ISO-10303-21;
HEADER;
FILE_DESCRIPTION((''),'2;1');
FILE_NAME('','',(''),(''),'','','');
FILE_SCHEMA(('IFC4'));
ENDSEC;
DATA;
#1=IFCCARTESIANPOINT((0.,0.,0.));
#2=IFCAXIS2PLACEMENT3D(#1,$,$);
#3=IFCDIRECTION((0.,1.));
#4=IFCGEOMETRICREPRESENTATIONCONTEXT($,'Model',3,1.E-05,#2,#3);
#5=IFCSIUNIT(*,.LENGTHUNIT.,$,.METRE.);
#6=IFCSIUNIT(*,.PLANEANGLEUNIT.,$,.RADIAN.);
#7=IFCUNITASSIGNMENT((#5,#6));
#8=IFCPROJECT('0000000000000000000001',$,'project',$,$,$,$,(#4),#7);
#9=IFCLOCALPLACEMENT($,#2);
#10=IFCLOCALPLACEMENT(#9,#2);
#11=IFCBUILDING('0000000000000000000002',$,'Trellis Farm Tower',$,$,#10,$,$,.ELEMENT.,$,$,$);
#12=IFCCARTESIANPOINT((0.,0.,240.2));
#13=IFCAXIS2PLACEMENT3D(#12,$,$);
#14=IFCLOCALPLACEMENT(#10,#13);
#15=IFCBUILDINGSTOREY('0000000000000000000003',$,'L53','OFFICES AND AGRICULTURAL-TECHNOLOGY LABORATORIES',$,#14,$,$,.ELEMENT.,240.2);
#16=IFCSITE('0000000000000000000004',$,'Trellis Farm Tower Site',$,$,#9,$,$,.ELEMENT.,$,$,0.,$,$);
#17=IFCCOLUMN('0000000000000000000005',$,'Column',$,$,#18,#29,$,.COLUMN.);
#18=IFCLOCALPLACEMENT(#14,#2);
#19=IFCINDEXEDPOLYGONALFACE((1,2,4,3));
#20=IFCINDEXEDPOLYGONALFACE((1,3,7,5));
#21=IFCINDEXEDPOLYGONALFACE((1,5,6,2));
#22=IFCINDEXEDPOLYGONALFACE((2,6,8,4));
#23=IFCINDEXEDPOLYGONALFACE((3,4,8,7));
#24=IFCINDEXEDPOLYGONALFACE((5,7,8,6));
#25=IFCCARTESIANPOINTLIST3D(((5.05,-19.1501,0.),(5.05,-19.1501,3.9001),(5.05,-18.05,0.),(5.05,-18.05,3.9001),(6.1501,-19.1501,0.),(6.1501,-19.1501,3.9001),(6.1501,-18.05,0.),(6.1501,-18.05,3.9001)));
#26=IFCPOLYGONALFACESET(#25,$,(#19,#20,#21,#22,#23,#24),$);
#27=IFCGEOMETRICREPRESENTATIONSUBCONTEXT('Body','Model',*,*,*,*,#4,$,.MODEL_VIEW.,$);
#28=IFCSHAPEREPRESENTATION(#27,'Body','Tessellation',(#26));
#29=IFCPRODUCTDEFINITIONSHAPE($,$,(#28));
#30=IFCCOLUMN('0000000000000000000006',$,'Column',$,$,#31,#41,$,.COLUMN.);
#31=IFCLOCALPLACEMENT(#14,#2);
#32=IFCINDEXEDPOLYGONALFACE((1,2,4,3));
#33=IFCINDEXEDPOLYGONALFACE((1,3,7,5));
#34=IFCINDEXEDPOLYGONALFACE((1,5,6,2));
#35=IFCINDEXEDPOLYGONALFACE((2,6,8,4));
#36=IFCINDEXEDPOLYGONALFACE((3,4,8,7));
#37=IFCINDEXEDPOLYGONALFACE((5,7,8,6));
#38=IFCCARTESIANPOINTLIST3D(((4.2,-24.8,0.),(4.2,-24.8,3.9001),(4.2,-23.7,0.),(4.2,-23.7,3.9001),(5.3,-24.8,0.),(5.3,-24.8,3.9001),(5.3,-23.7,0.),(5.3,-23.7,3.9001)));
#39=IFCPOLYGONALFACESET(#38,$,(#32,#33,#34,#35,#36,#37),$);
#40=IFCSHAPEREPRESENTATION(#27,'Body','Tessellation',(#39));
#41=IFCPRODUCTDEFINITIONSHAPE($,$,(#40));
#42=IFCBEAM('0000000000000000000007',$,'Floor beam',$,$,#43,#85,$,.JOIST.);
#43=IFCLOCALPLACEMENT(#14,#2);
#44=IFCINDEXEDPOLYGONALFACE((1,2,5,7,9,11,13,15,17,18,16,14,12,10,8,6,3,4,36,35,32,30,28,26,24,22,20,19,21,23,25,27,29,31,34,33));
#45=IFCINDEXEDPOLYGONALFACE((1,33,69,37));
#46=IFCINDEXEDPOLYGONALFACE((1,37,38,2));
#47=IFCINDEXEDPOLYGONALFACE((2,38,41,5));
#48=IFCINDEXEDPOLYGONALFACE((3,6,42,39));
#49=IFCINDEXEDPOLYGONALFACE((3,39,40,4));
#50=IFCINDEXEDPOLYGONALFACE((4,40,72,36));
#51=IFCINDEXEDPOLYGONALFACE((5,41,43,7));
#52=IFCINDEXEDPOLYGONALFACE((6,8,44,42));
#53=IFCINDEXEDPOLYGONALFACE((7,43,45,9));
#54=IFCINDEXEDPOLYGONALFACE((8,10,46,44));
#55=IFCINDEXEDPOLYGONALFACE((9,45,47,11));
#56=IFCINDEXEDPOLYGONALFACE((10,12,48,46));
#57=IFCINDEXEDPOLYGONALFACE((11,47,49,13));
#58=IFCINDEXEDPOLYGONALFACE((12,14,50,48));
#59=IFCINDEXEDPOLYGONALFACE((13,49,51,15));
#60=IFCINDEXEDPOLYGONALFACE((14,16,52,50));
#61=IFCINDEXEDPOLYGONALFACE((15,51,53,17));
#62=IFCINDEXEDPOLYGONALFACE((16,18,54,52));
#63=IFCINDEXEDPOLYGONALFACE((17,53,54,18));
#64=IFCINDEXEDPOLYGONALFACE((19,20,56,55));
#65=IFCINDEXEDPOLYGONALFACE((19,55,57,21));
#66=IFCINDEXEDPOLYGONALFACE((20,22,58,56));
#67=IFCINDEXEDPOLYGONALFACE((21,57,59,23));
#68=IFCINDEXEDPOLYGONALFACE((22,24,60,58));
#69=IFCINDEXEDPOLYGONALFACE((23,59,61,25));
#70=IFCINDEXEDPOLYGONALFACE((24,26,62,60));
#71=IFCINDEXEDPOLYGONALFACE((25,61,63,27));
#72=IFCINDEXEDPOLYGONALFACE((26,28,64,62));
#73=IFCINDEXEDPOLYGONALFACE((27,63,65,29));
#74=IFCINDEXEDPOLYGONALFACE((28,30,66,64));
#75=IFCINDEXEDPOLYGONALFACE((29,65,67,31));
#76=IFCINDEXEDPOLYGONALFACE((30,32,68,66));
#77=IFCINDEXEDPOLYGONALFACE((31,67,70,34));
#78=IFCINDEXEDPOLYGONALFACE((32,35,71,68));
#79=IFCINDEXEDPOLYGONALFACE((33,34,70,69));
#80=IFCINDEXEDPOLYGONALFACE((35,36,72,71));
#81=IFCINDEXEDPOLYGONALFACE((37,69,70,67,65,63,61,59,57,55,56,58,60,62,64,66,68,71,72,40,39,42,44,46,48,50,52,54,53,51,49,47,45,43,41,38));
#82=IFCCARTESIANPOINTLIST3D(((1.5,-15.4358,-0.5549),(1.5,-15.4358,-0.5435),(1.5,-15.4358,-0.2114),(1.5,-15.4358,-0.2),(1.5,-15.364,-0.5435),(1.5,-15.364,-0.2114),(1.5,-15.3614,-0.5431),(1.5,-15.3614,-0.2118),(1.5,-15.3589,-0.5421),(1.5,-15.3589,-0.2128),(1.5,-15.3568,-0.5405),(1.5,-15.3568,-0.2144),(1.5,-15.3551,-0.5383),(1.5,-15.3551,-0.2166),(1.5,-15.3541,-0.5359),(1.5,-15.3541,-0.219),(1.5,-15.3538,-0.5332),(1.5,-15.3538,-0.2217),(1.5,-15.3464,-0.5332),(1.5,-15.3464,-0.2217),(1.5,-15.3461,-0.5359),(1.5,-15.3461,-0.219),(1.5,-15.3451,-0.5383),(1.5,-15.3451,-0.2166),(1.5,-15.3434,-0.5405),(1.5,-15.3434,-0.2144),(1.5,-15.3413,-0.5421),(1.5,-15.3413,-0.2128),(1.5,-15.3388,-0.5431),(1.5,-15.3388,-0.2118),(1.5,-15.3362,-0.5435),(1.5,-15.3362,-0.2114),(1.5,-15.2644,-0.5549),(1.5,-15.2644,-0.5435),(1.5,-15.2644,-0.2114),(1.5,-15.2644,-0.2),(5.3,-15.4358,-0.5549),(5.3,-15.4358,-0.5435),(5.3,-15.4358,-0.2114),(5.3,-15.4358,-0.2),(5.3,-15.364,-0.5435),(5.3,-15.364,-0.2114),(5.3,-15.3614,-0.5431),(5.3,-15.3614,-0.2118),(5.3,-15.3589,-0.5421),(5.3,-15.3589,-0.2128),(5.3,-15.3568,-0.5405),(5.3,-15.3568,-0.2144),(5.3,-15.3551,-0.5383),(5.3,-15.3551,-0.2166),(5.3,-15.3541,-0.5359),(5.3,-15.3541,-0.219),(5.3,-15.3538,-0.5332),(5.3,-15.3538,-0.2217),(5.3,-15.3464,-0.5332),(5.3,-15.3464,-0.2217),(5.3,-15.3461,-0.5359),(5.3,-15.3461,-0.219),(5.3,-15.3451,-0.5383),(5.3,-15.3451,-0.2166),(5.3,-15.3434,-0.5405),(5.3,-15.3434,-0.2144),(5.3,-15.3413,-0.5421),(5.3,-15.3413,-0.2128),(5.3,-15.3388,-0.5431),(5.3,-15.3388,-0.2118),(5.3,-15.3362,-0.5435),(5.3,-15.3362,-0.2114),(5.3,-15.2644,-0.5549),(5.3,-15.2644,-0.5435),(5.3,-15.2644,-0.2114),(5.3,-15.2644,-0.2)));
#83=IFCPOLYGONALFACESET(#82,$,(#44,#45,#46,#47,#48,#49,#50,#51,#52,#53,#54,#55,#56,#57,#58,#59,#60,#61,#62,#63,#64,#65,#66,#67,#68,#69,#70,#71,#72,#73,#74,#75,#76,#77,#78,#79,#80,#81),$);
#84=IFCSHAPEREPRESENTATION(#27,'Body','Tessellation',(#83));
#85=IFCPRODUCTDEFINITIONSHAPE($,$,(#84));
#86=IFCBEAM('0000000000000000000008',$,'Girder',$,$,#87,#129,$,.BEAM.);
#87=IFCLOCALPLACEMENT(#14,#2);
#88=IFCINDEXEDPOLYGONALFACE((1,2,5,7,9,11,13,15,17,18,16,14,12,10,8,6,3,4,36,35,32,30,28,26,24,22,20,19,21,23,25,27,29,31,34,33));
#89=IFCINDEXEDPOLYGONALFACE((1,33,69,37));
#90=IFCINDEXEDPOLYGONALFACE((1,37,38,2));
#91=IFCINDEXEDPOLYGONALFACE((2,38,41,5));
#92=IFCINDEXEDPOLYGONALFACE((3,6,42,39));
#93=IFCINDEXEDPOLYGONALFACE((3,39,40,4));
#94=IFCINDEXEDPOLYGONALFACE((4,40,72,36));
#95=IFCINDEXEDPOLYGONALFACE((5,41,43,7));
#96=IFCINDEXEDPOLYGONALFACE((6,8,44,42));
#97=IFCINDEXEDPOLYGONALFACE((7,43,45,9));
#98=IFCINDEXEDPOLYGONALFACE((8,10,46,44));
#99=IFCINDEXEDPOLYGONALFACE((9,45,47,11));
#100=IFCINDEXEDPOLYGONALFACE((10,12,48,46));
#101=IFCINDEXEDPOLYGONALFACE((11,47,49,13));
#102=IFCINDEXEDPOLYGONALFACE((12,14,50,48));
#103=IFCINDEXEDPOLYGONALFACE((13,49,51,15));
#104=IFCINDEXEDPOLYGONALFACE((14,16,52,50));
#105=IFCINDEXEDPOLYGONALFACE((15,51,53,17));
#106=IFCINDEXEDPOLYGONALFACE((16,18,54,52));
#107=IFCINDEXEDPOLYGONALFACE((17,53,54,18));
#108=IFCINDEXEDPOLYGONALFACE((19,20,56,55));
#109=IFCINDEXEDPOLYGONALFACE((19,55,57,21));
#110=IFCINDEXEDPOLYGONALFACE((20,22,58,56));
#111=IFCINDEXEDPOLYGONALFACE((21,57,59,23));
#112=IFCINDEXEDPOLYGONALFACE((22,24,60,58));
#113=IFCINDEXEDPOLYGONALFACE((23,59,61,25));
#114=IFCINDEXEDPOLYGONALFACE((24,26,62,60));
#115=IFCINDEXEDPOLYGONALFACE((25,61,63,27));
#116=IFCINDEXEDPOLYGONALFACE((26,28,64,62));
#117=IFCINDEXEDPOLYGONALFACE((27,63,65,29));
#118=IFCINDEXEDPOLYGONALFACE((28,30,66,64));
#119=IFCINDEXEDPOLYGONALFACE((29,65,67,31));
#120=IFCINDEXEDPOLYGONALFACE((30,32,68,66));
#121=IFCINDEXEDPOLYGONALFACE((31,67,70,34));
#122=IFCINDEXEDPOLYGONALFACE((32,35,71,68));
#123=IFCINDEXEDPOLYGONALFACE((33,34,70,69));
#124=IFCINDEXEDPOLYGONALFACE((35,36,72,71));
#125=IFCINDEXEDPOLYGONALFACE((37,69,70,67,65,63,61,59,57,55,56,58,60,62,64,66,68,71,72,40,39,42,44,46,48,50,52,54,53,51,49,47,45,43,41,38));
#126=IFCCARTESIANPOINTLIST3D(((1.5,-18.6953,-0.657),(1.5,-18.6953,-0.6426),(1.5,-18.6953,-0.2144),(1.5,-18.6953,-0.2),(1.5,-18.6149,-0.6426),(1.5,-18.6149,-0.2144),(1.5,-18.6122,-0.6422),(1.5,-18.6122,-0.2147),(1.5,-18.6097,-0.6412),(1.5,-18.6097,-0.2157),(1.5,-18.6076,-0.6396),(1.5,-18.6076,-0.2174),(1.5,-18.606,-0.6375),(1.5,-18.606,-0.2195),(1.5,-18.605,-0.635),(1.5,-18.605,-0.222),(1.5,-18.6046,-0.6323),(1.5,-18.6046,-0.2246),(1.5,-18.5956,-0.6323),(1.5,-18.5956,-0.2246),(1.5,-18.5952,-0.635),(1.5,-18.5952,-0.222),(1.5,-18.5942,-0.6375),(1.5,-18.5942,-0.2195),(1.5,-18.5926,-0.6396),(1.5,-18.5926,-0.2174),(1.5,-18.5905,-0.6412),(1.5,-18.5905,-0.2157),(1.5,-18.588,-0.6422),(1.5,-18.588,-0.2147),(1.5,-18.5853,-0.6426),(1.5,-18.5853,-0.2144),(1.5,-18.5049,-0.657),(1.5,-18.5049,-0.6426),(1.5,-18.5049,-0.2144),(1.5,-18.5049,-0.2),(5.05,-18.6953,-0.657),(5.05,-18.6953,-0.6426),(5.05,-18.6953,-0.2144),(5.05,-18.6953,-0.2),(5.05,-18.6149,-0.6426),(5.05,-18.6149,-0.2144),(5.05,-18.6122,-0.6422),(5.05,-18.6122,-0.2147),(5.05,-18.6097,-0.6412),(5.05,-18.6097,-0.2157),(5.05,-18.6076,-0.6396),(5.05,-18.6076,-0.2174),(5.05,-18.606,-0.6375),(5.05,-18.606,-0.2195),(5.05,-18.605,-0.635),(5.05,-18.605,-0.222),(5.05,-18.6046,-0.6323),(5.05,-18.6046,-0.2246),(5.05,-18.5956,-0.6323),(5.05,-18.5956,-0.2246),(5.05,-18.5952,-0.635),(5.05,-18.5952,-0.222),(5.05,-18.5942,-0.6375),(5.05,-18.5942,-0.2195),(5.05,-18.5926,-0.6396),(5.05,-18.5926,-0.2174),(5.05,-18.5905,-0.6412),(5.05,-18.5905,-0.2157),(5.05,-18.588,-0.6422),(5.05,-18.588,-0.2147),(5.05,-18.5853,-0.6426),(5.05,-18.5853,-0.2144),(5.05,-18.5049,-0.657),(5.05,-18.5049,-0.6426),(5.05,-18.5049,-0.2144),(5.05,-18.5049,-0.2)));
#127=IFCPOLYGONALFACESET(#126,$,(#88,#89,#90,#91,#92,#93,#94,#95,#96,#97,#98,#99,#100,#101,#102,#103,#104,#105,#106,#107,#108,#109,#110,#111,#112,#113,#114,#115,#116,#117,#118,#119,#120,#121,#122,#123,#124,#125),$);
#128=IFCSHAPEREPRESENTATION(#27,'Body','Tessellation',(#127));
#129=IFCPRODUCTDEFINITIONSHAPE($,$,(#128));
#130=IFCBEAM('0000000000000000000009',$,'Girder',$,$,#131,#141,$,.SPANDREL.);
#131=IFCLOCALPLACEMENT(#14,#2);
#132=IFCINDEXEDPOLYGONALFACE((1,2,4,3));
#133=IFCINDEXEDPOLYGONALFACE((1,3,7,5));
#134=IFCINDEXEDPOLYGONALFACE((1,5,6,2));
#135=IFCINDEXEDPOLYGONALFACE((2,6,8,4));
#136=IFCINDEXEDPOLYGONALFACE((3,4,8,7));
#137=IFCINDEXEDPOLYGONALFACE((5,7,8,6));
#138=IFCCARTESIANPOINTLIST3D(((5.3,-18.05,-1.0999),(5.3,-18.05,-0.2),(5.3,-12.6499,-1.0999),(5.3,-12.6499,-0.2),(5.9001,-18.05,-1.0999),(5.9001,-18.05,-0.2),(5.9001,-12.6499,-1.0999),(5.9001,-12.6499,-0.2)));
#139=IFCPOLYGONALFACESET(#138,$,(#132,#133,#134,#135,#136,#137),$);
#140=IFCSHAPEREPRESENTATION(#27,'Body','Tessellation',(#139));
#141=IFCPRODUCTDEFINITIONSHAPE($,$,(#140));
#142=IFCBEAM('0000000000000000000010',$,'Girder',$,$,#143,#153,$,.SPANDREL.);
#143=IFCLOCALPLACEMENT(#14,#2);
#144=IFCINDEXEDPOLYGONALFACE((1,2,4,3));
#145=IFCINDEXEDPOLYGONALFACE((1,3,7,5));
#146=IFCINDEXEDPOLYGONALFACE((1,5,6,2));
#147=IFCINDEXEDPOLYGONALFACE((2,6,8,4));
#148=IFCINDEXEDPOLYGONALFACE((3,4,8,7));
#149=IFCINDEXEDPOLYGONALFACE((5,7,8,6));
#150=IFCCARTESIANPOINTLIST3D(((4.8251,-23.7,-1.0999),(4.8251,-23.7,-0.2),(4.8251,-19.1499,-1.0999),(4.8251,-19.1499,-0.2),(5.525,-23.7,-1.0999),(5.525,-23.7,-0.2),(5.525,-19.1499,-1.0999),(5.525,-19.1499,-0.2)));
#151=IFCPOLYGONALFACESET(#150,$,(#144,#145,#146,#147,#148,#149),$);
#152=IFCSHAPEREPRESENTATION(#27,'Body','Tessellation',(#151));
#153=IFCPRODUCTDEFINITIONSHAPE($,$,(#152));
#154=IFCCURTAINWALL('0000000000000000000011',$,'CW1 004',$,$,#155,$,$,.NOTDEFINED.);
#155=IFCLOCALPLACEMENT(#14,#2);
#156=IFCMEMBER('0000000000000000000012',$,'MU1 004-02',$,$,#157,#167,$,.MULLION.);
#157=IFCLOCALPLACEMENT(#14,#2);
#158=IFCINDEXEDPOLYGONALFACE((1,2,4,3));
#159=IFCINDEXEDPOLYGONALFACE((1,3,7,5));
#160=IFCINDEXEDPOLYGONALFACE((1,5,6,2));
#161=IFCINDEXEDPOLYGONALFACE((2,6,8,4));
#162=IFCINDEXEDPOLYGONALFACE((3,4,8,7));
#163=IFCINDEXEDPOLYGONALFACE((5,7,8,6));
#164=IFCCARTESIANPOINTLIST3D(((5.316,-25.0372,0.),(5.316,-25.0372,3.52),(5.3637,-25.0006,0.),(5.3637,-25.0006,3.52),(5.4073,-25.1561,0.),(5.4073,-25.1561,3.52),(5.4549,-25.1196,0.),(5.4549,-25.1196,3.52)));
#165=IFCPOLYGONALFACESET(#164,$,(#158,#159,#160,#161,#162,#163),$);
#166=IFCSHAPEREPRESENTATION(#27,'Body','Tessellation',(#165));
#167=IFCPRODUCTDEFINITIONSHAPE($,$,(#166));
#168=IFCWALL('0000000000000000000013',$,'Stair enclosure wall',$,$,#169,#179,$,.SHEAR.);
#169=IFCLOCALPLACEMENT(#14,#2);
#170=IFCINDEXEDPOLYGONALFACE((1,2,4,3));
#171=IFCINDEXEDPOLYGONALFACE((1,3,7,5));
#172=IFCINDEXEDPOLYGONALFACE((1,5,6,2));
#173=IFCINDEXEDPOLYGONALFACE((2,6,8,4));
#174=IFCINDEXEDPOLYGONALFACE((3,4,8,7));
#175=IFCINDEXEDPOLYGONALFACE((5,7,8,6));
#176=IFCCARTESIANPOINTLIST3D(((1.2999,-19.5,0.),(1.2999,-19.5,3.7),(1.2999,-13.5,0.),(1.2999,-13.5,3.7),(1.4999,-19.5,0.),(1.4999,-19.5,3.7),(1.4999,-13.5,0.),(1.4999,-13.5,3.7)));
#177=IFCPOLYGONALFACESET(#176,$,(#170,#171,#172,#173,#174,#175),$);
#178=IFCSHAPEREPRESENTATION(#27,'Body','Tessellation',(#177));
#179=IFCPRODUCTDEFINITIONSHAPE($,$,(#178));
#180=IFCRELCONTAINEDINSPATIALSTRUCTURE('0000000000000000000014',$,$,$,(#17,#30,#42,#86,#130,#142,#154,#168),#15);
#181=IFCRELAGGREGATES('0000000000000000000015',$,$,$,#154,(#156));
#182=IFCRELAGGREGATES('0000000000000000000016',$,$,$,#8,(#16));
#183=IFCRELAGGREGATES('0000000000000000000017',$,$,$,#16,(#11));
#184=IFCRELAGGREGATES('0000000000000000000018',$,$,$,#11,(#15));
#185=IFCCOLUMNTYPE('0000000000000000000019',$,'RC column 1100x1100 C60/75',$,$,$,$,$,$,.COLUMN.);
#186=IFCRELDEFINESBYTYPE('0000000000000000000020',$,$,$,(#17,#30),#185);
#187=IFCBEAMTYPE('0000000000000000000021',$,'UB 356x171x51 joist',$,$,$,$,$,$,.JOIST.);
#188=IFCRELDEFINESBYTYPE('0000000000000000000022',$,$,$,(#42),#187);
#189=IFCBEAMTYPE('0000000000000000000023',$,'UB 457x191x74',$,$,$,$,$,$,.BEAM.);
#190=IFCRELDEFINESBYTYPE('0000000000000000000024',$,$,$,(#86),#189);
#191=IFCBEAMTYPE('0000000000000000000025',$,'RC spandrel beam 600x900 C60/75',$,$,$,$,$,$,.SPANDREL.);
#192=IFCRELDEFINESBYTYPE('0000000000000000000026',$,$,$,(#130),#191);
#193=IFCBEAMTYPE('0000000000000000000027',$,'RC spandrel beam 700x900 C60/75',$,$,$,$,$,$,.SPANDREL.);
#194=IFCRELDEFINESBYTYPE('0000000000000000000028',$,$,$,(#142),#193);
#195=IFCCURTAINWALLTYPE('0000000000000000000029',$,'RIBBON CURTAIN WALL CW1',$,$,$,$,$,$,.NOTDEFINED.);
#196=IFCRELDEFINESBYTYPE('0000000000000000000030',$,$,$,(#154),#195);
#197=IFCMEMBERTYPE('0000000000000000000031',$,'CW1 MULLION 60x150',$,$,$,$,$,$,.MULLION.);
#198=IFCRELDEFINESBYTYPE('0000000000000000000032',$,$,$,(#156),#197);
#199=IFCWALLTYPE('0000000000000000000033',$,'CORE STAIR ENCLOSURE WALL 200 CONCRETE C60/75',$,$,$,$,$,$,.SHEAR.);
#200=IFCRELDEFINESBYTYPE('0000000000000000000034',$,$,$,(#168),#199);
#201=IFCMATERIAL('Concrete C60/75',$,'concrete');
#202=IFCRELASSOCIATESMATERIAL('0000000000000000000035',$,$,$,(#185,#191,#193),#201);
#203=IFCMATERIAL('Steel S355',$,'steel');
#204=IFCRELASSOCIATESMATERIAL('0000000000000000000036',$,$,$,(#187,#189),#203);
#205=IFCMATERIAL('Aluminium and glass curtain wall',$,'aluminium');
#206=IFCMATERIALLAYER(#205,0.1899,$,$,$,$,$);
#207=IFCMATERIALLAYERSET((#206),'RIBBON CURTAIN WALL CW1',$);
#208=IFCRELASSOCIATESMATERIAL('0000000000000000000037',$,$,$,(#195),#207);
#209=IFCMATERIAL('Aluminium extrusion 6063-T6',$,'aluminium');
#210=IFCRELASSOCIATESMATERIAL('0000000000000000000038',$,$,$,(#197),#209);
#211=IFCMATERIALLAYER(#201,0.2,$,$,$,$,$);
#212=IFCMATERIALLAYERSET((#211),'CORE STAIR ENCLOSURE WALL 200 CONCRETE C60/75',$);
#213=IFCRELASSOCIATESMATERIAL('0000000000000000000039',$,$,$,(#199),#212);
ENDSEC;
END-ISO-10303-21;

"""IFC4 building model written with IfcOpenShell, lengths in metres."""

from ifc_helpers import new_model, si_unit, direction, frame, frame_2d, origin, origin_2d, place, context, subcontext, project, spatial, rectangle, i_section, extrude, source, transform, mapped, material, layer, layer_set, material_profile, profile_set, type_object, element, aggregate, save


model = new_model("IFC4")

# Units and contexts
model_context = context("Model", 3, precision=1e-05, world=origin(), true_north=direction((0.0, 1.0)))
body_context = subcontext(model_context, "Body", "Model", "MODEL_VIEW")
ifc_project = project(units=[si_unit("LENGTHUNIT", "METRE"), si_unit("PLANEANGLEUNIT", "RADIAN")], contexts=[model_context])

# Site, building, storey
site_placement = place(None, origin())
site = spatial("IfcSite", under=ifc_project, at=site_placement, Name="Trellis Farm Tower Site", CompositionType="ELEMENT", RefElevation=0.0)
building_placement = place(site_placement, origin())
building = spatial("IfcBuilding", under=site, at=building_placement, Name="Trellis Farm Tower", CompositionType="ELEMENT")
storey_placement = place(building_placement, frame((0.0, 0.0, 240.2)))
storey = spatial("IfcBuildingStorey", under=building, at=storey_placement, Name="L53", Description="OFFICES AND AGRICULTURAL-TECHNOLOGY LABORATORIES", CompositionType="ELEMENT", Elevation=240.2)

# Columns
ifc_material_1 = material(Name="Concrete C60/75", Category="concrete")
ifc_material_profile_1 = material_profile(ifc_material_1, rectangle(XDim=1.1001, YDim=1.1001, at=origin_2d()), Name="RC column 1100x1100 C60/75")
ifc_profile_set_1 = profile_set([ifc_material_profile_1], Name="Concrete C60/75")
column_type = type_object("IfcColumnType", Name="RC column 1100x1100 C60/75", PredefinedType="COLUMN", material=ifc_profile_set_1)
shared_shape_1 = source(origin(), body_context, "Body", "SweptSolid", [
    extrude(rectangle(XDim=1.1001, YDim=1.1001, at=origin_2d()), origin(), (0.0, 0.0, 1.0), 3.9001),
])
for number, where, z_axis, x_axis, name in (
    (1, (5.6001, -18.6001, 0.0), (0.0, 0.0, 1.0), (1.0, 0.0, 0.0), "Column"),
    (2, (4.75, -24.25, 0.0), (0.0, 0.0, 1.0), (1.0, 0.0, 0.0), "Column"),
):
    element("IfcColumn", number, at=place(storey_placement, frame(where, z_axis=z_axis, x_axis=x_axis)), inside=storey, type_object=column_type, Name=name, PredefinedType="COLUMN", context=body_context, shape_type="MappedRepresentation", body=[
        mapped(shared_shape_1, transform((0.0, 0.0, 0.0))),
    ])

# Beams
ifc_material_2 = material(Name="Steel S355", Category="steel")
ifc_material_profile_2 = material_profile(ifc_material_2, i_section(OverallWidth=0.1714, OverallDepth=0.355, WebThickness=0.0073, FlangeThickness=0.0115, FilletRadius=0.0103, at=origin_2d()), Name="UB 356x171x51")
ifc_profile_set_2 = profile_set([ifc_material_profile_2], Name="Steel S355")
beam_type_1 = type_object("IfcBeamType", Name="UB 356x171x51 joist", PredefinedType="JOIST", material=ifc_profile_set_2)
shared_shape_2 = source(origin(), body_context, "Body", "SweptSolid", [
    extrude(i_section(OverallWidth=0.1714, OverallDepth=0.355, WebThickness=0.0073, FlangeThickness=0.0115, FilletRadius=0.0103, at=origin_2d()), origin(), (0.0, 0.0, 1.0), 3.8),
])
beam_1_placement = place(storey_placement, frame((1.5, -15.3501, -0.3774), z_axis=(1.0, 0.0, 0.0), x_axis=(0.0, 1.0, 0.0)))
element("IfcBeam", 3, at=beam_1_placement, inside=storey, type_object=beam_type_1, Name="Floor beam", PredefinedType="JOIST", context=body_context, shape_type="MappedRepresentation", body=[
    mapped(shared_shape_2, transform((0.0, 0.0, 0.0))),
])
ifc_material_profile_3 = material_profile(ifc_material_2, i_section(OverallWidth=0.1904, OverallDepth=0.457, WebThickness=0.009, FlangeThickness=0.0144, FilletRadius=0.0103, at=origin_2d()), Name="UB 457x191x74")
ifc_profile_set_3 = profile_set([ifc_material_profile_3], Name="Steel S355")
beam_type_2 = type_object("IfcBeamType", Name="UB 457x191x74", PredefinedType="BEAM", material=ifc_profile_set_3)
shared_shape_3 = source(origin(), body_context, "Body", "SweptSolid", [
    extrude(i_section(OverallWidth=0.1904, OverallDepth=0.457, WebThickness=0.009, FlangeThickness=0.0144, FilletRadius=0.0103, at=origin_2d()), origin(), (0.0, 0.0, 1.0), 3.55),
])
beam_2_placement = place(storey_placement, frame((1.5, -18.6001, -0.4285), z_axis=(1.0, 0.0, 0.0), x_axis=(0.0, 1.0, 0.0)))
element("IfcBeam", 4, at=beam_2_placement, inside=storey, type_object=beam_type_2, Name="Girder", PredefinedType="BEAM", context=body_context, shape_type="MappedRepresentation", body=[
    mapped(shared_shape_3, transform((0.0, 0.0, 0.0))),
])
ifc_material_profile_4 = material_profile(ifc_material_1, rectangle(XDim=0.6001, YDim=0.8999, at=origin_2d()), Name="RC spandrel beam 600x900 C60/75")
ifc_profile_set_4 = profile_set([ifc_material_profile_4], Name="Concrete C60/75")
beam_type_3 = type_object("IfcBeamType", Name="RC spandrel beam 600x900 C60/75", PredefinedType="SPANDREL", material=ifc_profile_set_4)
shared_shape_4 = source(origin(), body_context, "Body", "SweptSolid", [
    extrude(rectangle(XDim=0.6001, YDim=0.8999, at=origin_2d()), origin(), (0.0, 0.0, 1.0), 5.4001),
])
beam_3_placement = place(storey_placement, frame((5.6001, -18.05, -0.6499), z_axis=(0.0, 1.0, 0.0), x_axis=(-1.0, 0.0, 0.0)))
element("IfcBeam", 5, at=beam_3_placement, inside=storey, type_object=beam_type_3, Name="Girder", PredefinedType="SPANDREL", context=body_context, shape_type="MappedRepresentation", body=[
    mapped(shared_shape_4, transform((0.0, 0.0, 0.0))),
])
ifc_material_profile_5 = material_profile(ifc_material_1, rectangle(XDim=0.7, YDim=0.8999, at=origin_2d()), Name="RC spandrel beam 700x900 C60/75")
ifc_profile_set_5 = profile_set([ifc_material_profile_5], Name="Concrete C60/75")
beam_type_4 = type_object("IfcBeamType", Name="RC spandrel beam 700x900 C60/75", PredefinedType="SPANDREL", material=ifc_profile_set_5)
shared_shape_5 = source(origin(), body_context, "Body", "SweptSolid", [
    extrude(rectangle(XDim=0.7, YDim=0.8999, at=origin_2d()), origin(), (0.0, 0.0, 1.0), 4.55),
])
beam_4_placement = place(storey_placement, frame((5.175, -23.7, -0.6499), z_axis=(0.0, 1.0, 0.0), x_axis=(-1.0, 0.0, 0.0)))
element("IfcBeam", 6, at=beam_4_placement, inside=storey, type_object=beam_type_4, Name="Girder", PredefinedType="SPANDREL", context=body_context, shape_type="MappedRepresentation", body=[
    mapped(shared_shape_5, transform((0.0, 0.0, 0.0))),
])

# Curtain wall, member
ifc_material_3 = material(Name="Aluminium and glass curtain wall", Category="aluminium")
ifc_layer_1 = layer(ifc_material_3, 0.1899)
ifc_layer_set_1 = layer_set([ifc_layer_1], Name="RIBBON CURTAIN WALL CW1")
curtain_wall_type = type_object("IfcCurtainWallType", Name="RIBBON CURTAIN WALL CW1", PredefinedType="NOTDEFINED", material=ifc_layer_set_1)
placement = place(storey_placement, origin())
curtain_wall = element("IfcCurtainWall", 7, at=placement, inside=storey, type_object=curtain_wall_type, Name="CW1 004", PredefinedType="NOTDEFINED")
ifc_material_4 = material(Name="Aluminium extrusion 6063-T6", Category="aluminium")
ifc_material_profile_6 = material_profile(ifc_material_4, rectangle(XDim=0.0601, YDim=0.1499, at=origin_2d()), Name="MULLION 60x150")
ifc_profile_set_6 = profile_set([ifc_material_profile_6], Name="Aluminium extrusion 6063-T6")
member_type = type_object("IfcMemberType", Name="CW1 MULLION 60x150", PredefinedType="MULLION", material=ifc_profile_set_6)
shared_shape_6 = source(origin(), body_context, "Body", "SweptSolid", [
    extrude(rectangle(XDim=0.0601, YDim=0.1499, at=origin_2d()), origin(), (0.0, 0.0, 1.0), 3.52),
])
member_placement = place(storey_placement, frame((5.3855, -25.0784, 0.0), z_axis=(0.0, 0.0, 1.0), x_axis=(0.793353, 0.608761, 0.0)))
member = element("IfcMember", 8, at=member_placement, type_object=member_type, Name="MU1 004-02", PredefinedType="MULLION", context=body_context, shape_type="MappedRepresentation", body=[
    mapped(shared_shape_6, transform((0.0, 0.0, 0.0))),
])
aggregate(curtain_wall, [member])

# Wall
ifc_layer_2 = layer(ifc_material_1, 0.2)
ifc_layer_set_2 = layer_set([ifc_layer_2], Name="CORE STAIR ENCLOSURE WALL 200 CONCRETE C60/75")
wall_type_1 = type_object("IfcWallType", Name="CORE STAIR ENCLOSURE WALL 200 CONCRETE C60/75", PredefinedType="SHEAR", material=ifc_layer_set_2)
shared_shape_7 = source(origin(), body_context, "Body", "SweptSolid", [
    extrude(rectangle(XDim=6.0, YDim=0.2, at=frame_2d((3.0, 0.0))), origin(), (0.0, 0.0, 1.0), 3.7),
])
wall_1_placement = place(storey_placement, frame((1.3999, -13.5, 0.0), z_axis=(0.0, 0.0, 1.0), x_axis=(0.0, -1.0, 0.0)))
element("IfcWall", 9, at=wall_1_placement, inside=storey, type_object=wall_type_1, Name="Stair enclosure wall", PredefinedType="SHEAR", context=body_context, shape_type="MappedRepresentation", body=[
    mapped(shared_shape_7, transform((0.0, 0.0, 0.0))),
])

save(model, "model.ifc")
